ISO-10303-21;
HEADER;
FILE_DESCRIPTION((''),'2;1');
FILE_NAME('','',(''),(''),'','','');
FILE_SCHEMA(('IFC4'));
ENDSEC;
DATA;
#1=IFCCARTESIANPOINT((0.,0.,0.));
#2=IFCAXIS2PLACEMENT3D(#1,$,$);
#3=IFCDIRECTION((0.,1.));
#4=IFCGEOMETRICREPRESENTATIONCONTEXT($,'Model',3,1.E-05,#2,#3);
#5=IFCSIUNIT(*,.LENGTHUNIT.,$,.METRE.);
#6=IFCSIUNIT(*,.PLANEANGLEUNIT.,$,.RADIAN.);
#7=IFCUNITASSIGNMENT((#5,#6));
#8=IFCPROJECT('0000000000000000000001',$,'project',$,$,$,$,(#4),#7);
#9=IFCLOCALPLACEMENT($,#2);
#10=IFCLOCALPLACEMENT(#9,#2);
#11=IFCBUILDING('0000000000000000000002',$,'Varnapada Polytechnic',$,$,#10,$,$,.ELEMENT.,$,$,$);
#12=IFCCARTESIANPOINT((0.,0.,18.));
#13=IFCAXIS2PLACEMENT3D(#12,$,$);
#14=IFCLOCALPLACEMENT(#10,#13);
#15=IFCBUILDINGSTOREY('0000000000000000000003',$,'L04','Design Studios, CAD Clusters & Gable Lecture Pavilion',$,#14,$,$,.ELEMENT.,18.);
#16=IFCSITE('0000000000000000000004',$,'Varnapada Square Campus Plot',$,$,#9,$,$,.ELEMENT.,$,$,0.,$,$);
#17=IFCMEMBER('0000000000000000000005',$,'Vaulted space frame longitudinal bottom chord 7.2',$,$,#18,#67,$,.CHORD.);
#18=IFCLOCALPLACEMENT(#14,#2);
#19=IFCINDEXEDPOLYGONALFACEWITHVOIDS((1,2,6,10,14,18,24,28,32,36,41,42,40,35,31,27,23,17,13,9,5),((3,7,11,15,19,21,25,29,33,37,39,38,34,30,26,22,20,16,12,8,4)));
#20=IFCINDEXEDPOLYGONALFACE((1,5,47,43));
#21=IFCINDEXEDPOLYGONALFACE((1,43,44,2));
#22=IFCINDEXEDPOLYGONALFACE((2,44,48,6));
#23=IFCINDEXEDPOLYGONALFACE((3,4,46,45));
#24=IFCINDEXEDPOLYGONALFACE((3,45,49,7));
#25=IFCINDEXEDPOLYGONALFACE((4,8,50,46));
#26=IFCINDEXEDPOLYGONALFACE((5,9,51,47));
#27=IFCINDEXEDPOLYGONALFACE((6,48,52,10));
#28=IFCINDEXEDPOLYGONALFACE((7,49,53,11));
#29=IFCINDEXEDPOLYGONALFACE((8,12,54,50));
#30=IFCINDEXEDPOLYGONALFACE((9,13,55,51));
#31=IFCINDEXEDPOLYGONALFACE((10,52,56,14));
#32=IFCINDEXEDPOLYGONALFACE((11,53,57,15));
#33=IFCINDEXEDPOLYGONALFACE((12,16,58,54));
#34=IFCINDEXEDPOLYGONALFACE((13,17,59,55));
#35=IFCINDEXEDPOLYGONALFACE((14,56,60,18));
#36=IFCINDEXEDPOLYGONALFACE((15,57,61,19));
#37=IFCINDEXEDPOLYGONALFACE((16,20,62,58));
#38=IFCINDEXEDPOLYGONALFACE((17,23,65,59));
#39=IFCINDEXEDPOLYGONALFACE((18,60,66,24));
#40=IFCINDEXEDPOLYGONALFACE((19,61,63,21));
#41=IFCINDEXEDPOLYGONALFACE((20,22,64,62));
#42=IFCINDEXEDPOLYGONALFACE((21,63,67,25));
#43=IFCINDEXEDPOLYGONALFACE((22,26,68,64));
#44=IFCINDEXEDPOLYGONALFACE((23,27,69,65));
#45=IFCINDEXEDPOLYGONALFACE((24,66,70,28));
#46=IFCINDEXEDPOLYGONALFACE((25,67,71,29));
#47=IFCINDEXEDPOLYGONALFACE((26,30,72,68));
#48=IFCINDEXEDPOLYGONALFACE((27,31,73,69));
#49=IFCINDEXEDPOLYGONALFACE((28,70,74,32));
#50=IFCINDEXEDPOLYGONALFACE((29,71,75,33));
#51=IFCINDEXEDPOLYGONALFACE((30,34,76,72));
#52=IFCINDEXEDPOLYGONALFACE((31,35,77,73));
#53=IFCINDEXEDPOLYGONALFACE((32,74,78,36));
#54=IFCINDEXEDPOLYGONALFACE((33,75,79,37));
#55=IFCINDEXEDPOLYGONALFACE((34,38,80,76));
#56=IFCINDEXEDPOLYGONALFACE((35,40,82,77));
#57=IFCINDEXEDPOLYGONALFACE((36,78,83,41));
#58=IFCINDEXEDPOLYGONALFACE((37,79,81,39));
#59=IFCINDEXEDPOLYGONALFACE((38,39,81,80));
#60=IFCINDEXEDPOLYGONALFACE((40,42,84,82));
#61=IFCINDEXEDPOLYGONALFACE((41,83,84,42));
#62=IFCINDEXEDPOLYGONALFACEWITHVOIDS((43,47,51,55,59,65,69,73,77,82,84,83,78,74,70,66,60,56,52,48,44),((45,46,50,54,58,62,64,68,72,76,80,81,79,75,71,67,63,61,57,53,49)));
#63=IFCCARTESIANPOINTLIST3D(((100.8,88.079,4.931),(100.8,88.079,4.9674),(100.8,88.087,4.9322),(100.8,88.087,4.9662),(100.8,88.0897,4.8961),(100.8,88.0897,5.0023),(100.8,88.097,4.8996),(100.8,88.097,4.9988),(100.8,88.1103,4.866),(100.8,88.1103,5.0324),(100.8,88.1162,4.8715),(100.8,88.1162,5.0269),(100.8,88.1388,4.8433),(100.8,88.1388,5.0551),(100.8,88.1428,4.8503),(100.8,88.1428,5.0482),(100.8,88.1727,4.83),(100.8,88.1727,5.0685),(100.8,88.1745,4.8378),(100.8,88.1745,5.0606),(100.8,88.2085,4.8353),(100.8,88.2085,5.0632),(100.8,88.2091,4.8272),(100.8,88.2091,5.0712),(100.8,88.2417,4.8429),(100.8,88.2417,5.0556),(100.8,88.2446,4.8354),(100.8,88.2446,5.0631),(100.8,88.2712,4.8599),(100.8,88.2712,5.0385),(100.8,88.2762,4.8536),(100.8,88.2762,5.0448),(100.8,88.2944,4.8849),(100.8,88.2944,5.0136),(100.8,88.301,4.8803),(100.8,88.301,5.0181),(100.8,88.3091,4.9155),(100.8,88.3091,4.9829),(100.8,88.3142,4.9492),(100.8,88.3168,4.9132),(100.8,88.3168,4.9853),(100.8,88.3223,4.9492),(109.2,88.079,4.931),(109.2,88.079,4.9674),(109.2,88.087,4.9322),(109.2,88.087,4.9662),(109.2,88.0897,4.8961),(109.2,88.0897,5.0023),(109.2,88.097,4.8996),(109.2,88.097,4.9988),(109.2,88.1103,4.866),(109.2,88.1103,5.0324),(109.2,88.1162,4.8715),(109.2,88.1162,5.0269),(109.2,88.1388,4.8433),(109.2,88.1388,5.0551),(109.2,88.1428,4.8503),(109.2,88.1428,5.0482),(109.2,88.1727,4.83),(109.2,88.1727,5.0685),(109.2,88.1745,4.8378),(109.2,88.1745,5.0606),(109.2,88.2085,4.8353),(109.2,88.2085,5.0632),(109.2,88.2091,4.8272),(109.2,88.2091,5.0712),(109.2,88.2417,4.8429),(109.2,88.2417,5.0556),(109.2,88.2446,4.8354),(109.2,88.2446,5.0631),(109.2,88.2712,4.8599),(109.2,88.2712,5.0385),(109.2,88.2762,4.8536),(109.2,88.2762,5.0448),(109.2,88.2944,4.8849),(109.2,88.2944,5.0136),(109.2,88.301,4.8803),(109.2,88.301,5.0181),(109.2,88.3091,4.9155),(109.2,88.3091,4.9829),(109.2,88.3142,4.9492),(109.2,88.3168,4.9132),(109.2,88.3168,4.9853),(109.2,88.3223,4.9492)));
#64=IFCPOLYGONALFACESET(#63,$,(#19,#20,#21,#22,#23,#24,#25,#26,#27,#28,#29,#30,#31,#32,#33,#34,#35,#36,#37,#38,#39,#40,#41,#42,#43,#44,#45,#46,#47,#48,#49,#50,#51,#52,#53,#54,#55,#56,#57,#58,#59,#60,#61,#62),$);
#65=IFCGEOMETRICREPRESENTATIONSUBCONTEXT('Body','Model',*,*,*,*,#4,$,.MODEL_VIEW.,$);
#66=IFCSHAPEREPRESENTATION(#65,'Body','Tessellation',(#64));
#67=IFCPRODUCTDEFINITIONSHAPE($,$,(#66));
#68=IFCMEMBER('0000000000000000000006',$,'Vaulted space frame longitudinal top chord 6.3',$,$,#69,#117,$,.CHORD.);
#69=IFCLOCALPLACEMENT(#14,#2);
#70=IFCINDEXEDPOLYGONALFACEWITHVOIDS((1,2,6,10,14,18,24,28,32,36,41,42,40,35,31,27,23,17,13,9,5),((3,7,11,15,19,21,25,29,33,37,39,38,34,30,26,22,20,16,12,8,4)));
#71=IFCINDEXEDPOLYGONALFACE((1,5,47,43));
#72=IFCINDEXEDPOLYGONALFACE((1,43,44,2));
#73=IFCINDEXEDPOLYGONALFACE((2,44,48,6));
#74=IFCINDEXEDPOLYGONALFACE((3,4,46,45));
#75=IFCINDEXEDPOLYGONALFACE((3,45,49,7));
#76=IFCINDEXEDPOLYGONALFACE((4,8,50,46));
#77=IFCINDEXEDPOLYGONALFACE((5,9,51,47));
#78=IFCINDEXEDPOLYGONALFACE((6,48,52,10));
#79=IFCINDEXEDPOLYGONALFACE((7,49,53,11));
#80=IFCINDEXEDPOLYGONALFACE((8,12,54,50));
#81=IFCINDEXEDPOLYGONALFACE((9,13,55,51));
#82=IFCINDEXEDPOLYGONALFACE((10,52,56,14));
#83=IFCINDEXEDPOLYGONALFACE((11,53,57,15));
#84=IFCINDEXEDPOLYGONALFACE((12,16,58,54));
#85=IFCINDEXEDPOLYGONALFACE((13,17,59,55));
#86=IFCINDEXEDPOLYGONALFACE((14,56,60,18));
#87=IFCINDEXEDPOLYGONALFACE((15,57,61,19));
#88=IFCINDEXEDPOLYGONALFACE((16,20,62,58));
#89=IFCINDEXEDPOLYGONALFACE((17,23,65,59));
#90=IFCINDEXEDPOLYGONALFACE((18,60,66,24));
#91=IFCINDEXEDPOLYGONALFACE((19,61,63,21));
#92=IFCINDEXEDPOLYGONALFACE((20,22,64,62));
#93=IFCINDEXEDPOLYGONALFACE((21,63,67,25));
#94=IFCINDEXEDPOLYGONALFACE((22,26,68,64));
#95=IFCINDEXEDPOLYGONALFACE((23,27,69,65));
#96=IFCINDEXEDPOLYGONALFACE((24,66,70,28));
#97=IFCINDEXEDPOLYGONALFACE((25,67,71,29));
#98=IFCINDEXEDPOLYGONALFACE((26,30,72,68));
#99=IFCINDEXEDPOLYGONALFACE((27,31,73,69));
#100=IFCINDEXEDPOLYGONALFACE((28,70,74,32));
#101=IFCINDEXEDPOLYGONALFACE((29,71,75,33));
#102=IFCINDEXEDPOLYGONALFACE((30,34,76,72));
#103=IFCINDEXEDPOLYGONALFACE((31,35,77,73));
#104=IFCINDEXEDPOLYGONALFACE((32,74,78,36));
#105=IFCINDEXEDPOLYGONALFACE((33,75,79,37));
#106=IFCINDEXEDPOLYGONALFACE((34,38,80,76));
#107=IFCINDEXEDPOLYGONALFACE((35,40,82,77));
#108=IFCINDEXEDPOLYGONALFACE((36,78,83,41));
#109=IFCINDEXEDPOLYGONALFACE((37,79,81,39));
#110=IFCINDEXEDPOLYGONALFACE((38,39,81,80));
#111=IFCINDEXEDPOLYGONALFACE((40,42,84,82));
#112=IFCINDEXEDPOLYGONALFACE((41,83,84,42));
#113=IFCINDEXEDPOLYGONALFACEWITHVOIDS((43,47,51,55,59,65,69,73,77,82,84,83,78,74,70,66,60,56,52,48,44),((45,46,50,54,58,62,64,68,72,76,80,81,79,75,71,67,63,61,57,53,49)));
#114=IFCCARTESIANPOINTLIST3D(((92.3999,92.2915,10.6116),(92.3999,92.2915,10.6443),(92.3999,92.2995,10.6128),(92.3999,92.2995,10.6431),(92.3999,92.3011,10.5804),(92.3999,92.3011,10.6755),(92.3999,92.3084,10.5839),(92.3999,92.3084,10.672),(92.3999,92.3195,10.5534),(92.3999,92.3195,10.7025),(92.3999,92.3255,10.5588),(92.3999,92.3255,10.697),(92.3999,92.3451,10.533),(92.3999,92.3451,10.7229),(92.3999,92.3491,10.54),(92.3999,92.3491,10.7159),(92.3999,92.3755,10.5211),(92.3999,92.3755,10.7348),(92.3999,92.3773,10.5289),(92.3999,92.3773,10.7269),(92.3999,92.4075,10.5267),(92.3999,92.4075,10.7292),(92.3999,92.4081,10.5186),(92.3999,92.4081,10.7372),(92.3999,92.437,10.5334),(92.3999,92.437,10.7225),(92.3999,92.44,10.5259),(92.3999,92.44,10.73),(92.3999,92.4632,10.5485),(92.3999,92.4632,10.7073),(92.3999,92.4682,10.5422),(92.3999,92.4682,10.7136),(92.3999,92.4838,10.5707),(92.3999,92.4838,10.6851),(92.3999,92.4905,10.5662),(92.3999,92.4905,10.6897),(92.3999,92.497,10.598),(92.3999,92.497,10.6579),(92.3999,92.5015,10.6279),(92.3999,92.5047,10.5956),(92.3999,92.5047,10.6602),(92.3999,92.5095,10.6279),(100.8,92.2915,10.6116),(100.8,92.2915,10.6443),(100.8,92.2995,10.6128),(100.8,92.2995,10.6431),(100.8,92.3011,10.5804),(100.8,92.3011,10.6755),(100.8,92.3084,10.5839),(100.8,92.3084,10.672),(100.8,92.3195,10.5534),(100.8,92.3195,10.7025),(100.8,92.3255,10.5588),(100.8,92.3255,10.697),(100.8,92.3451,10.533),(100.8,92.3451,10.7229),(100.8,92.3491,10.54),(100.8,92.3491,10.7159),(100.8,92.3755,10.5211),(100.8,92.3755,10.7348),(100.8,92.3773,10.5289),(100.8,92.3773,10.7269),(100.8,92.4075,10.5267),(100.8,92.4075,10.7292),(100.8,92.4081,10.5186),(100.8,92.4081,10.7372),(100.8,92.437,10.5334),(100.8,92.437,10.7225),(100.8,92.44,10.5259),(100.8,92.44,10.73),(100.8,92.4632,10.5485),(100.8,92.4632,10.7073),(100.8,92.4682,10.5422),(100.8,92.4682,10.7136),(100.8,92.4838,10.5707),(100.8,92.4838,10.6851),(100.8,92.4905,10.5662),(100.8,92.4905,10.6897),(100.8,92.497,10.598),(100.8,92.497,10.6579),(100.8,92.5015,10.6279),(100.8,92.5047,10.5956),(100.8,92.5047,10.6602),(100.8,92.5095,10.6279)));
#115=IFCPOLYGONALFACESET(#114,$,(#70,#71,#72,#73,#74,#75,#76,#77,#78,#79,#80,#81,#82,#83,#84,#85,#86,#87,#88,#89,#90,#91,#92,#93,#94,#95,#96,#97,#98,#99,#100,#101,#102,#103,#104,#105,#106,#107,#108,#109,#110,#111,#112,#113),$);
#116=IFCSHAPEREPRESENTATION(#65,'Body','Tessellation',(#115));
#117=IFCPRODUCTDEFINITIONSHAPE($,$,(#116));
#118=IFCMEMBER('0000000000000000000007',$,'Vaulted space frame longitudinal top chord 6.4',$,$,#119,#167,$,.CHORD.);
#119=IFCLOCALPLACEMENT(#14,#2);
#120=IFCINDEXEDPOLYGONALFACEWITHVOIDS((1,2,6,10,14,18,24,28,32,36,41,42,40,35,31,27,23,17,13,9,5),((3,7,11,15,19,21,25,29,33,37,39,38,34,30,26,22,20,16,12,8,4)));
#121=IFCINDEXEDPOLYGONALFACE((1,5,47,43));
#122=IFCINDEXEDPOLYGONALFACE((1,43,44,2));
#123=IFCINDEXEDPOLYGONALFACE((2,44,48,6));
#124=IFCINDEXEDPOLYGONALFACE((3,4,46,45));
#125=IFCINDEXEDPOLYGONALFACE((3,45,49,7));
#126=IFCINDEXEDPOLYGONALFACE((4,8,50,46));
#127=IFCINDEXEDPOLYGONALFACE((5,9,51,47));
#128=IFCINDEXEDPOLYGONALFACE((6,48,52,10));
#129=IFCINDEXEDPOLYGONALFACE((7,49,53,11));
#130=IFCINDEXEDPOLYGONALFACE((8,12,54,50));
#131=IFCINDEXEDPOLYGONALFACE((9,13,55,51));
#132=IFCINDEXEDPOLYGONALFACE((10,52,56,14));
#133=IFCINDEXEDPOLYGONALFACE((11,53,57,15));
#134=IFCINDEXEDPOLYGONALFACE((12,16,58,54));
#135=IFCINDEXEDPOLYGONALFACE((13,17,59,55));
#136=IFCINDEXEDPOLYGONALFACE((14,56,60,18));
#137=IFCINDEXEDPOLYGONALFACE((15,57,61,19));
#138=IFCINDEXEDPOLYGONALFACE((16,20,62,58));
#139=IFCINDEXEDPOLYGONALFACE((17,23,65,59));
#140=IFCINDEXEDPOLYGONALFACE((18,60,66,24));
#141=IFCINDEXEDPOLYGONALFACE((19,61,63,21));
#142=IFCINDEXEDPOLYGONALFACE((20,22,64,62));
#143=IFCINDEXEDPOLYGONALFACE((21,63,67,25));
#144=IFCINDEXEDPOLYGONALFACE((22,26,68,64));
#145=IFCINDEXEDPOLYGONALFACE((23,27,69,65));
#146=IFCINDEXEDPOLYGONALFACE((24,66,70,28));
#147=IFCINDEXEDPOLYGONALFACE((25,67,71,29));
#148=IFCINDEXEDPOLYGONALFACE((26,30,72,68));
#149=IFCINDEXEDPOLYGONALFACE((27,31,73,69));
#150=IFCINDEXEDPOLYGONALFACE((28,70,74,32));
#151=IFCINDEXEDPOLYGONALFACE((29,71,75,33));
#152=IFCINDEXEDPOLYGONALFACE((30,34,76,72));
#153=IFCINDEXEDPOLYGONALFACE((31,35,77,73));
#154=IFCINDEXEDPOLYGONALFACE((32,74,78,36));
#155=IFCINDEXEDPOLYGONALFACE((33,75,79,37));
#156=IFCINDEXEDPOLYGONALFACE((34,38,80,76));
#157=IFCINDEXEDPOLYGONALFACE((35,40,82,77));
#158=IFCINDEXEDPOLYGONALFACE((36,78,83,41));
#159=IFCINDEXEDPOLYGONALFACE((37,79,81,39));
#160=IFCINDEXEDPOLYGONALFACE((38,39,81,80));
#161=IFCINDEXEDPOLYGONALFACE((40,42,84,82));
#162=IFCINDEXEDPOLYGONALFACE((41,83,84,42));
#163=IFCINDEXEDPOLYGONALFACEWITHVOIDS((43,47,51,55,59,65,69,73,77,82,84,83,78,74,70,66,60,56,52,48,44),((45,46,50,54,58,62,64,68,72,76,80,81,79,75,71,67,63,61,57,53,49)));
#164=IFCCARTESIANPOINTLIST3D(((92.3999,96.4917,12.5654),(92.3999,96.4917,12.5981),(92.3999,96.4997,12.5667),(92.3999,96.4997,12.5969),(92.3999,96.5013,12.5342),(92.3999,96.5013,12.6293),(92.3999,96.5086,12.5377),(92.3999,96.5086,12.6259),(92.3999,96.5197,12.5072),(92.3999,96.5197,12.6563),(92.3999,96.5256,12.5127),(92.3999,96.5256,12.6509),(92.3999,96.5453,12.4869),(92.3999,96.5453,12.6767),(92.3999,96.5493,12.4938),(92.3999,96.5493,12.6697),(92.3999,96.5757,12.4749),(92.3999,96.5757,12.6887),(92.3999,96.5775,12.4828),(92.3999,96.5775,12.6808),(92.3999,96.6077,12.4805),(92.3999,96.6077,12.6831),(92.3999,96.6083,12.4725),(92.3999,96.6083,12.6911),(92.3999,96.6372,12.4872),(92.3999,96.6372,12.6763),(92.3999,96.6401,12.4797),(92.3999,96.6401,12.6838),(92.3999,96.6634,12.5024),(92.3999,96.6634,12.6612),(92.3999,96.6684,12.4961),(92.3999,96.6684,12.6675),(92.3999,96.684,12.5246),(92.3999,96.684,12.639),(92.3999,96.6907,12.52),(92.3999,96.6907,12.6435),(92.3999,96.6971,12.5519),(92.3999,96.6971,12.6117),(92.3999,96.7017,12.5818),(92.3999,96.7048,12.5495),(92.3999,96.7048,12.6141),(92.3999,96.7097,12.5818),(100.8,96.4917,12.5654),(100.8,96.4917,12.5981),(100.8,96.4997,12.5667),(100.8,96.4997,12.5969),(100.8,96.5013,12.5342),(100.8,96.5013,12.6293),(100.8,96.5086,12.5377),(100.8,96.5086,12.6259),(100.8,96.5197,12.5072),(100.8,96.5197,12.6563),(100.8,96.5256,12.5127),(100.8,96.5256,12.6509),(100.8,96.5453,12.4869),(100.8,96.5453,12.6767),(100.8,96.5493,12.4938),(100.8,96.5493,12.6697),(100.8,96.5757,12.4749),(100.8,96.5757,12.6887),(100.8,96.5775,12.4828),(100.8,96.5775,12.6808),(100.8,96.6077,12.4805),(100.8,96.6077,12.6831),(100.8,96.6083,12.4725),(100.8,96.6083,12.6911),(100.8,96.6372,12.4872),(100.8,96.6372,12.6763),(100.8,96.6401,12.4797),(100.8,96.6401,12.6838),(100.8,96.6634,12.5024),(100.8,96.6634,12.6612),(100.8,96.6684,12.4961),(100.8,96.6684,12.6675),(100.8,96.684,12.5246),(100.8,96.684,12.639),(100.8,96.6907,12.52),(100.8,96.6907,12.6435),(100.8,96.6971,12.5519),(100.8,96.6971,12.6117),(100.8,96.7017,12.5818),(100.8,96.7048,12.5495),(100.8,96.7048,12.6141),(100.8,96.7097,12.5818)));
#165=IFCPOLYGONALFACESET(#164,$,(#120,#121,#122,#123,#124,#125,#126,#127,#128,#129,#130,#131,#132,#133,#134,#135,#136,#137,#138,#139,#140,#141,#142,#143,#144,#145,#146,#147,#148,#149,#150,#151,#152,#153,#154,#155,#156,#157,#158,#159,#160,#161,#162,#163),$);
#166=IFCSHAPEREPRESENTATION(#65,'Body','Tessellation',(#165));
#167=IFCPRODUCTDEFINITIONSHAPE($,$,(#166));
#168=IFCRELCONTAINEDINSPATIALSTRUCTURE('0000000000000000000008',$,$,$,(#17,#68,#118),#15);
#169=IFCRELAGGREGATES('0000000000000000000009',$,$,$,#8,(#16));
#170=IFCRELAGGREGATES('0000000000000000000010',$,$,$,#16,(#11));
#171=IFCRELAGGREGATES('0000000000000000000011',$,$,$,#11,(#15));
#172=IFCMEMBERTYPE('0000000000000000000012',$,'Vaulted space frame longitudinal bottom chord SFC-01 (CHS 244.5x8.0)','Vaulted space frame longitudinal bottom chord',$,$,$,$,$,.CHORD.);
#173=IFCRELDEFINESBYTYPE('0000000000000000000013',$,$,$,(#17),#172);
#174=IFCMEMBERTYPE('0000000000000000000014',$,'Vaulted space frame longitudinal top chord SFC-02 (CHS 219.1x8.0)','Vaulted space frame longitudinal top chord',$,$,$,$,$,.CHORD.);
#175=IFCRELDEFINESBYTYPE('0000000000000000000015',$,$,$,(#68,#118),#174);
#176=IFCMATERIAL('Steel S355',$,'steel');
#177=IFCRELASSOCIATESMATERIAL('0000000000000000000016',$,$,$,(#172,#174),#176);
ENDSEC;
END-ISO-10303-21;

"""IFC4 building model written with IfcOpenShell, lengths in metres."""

from ifc_helpers import new_model, si_unit, direction, frame, origin, origin_2d, place, context, subcontext, project, spatial, hollow_circle, extrude, material, material_profile, profile_set, type_object, element, save


model = new_model("IFC4")

# Units and contexts
model_context = context("Model", 3, precision=1e-05, world=origin(), true_north=direction((0.0, 1.0)))
body_context = subcontext(model_context, "Body", "Model", "MODEL_VIEW")
ifc_project = project(units=[si_unit("LENGTHUNIT", "METRE"), si_unit("PLANEANGLEUNIT", "RADIAN")], contexts=[model_context])

# Site, building, storey
site_placement = place(None, origin())
site = spatial("IfcSite", under=ifc_project, at=site_placement, Name="Varnapada Square Campus Plot", CompositionType="ELEMENT", RefElevation=0.0)
building_placement = place(site_placement, origin())
building = spatial("IfcBuilding", under=site, at=building_placement, Name="Varnapada Polytechnic", CompositionType="ELEMENT")
storey_placement = place(building_placement, frame((0.0, 0.0, 18.0)))
storey = spatial("IfcBuildingStorey", under=building, at=storey_placement, Name="L04", Description="Design Studios, CAD Clusters & Gable Lecture Pavilion", CompositionType="ELEMENT", Elevation=18.0)

# Members
ifc_material = material(Name="Steel S355", Category="steel")
ifc_material_profile_1 = material_profile(ifc_material, hollow_circle(Radius=0.1223, WallThickness=0.0081, at=origin_2d()), Name="CHS 244.5x8.0")
ifc_profile_set_1 = profile_set([ifc_material_profile_1], Name="Steel S355")
member_type_1 = type_object("IfcMemberType", Name="Vaulted space frame longitudinal bottom chord SFC-01 (CHS 244.5x8.0)", Description="Vaulted space frame longitudinal bottom chord", PredefinedType="CHORD", material=ifc_profile_set_1)
member_1_placement = place(storey_placement, frame((100.8, 88.2, 4.9492), z_axis=(1.0, 0.0, 0.0), x_axis=(0.0, 1.0, 0.0)))
element("IfcMember", 1, at=member_1_placement, inside=storey, type_object=member_type_1, Name="Vaulted space frame longitudinal bottom chord 7.2", PredefinedType="CHORD", context=body_context, shape_type="SweptSolid", body=[
    extrude(hollow_circle(Radius=0.1223, WallThickness=0.0081, at=origin_2d()), origin(), (0.0, 0.0, 1.0), 8.3999),
])
ifc_material_profile_2 = material_profile(ifc_material, hollow_circle(Radius=0.1096, WallThickness=0.0081, at=origin_2d()), Name="CHS 219.1x8.0")
ifc_profile_set_2 = profile_set([ifc_material_profile_2], Name="Steel S355")
member_type_2 = type_object("IfcMemberType", Name="Vaulted space frame longitudinal top chord SFC-02 (CHS 219.1x8.0)", Description="Vaulted space frame longitudinal top chord", PredefinedType="CHORD", material=ifc_profile_set_2)
for number, where, z_axis, x_axis, name in (
    (2, (92.3999, 92.3999, 10.6279), (1.0, 0.0, 0.0), (0.0, 1.0, 0.0), "Vaulted space frame longitudinal top chord 6.3"),
    (3, (92.3999, 96.6001, 12.5818), (1.0, 0.0, 0.0), (0.0, 1.0, 0.0), "Vaulted space frame longitudinal top chord 6.4"),
):
    element("IfcMember", number, at=place(storey_placement, frame(where, z_axis=z_axis, x_axis=x_axis)), inside=storey, type_object=member_type_2, Name=name, PredefinedType="CHORD", context=body_context, shape_type="SweptSolid", body=[
        extrude(hollow_circle(Radius=0.1096, WallThickness=0.0081, at=origin_2d()), origin(), (0.0, 0.0, 1.0), 8.4001),
    ])

save(model, "model.ifc")
